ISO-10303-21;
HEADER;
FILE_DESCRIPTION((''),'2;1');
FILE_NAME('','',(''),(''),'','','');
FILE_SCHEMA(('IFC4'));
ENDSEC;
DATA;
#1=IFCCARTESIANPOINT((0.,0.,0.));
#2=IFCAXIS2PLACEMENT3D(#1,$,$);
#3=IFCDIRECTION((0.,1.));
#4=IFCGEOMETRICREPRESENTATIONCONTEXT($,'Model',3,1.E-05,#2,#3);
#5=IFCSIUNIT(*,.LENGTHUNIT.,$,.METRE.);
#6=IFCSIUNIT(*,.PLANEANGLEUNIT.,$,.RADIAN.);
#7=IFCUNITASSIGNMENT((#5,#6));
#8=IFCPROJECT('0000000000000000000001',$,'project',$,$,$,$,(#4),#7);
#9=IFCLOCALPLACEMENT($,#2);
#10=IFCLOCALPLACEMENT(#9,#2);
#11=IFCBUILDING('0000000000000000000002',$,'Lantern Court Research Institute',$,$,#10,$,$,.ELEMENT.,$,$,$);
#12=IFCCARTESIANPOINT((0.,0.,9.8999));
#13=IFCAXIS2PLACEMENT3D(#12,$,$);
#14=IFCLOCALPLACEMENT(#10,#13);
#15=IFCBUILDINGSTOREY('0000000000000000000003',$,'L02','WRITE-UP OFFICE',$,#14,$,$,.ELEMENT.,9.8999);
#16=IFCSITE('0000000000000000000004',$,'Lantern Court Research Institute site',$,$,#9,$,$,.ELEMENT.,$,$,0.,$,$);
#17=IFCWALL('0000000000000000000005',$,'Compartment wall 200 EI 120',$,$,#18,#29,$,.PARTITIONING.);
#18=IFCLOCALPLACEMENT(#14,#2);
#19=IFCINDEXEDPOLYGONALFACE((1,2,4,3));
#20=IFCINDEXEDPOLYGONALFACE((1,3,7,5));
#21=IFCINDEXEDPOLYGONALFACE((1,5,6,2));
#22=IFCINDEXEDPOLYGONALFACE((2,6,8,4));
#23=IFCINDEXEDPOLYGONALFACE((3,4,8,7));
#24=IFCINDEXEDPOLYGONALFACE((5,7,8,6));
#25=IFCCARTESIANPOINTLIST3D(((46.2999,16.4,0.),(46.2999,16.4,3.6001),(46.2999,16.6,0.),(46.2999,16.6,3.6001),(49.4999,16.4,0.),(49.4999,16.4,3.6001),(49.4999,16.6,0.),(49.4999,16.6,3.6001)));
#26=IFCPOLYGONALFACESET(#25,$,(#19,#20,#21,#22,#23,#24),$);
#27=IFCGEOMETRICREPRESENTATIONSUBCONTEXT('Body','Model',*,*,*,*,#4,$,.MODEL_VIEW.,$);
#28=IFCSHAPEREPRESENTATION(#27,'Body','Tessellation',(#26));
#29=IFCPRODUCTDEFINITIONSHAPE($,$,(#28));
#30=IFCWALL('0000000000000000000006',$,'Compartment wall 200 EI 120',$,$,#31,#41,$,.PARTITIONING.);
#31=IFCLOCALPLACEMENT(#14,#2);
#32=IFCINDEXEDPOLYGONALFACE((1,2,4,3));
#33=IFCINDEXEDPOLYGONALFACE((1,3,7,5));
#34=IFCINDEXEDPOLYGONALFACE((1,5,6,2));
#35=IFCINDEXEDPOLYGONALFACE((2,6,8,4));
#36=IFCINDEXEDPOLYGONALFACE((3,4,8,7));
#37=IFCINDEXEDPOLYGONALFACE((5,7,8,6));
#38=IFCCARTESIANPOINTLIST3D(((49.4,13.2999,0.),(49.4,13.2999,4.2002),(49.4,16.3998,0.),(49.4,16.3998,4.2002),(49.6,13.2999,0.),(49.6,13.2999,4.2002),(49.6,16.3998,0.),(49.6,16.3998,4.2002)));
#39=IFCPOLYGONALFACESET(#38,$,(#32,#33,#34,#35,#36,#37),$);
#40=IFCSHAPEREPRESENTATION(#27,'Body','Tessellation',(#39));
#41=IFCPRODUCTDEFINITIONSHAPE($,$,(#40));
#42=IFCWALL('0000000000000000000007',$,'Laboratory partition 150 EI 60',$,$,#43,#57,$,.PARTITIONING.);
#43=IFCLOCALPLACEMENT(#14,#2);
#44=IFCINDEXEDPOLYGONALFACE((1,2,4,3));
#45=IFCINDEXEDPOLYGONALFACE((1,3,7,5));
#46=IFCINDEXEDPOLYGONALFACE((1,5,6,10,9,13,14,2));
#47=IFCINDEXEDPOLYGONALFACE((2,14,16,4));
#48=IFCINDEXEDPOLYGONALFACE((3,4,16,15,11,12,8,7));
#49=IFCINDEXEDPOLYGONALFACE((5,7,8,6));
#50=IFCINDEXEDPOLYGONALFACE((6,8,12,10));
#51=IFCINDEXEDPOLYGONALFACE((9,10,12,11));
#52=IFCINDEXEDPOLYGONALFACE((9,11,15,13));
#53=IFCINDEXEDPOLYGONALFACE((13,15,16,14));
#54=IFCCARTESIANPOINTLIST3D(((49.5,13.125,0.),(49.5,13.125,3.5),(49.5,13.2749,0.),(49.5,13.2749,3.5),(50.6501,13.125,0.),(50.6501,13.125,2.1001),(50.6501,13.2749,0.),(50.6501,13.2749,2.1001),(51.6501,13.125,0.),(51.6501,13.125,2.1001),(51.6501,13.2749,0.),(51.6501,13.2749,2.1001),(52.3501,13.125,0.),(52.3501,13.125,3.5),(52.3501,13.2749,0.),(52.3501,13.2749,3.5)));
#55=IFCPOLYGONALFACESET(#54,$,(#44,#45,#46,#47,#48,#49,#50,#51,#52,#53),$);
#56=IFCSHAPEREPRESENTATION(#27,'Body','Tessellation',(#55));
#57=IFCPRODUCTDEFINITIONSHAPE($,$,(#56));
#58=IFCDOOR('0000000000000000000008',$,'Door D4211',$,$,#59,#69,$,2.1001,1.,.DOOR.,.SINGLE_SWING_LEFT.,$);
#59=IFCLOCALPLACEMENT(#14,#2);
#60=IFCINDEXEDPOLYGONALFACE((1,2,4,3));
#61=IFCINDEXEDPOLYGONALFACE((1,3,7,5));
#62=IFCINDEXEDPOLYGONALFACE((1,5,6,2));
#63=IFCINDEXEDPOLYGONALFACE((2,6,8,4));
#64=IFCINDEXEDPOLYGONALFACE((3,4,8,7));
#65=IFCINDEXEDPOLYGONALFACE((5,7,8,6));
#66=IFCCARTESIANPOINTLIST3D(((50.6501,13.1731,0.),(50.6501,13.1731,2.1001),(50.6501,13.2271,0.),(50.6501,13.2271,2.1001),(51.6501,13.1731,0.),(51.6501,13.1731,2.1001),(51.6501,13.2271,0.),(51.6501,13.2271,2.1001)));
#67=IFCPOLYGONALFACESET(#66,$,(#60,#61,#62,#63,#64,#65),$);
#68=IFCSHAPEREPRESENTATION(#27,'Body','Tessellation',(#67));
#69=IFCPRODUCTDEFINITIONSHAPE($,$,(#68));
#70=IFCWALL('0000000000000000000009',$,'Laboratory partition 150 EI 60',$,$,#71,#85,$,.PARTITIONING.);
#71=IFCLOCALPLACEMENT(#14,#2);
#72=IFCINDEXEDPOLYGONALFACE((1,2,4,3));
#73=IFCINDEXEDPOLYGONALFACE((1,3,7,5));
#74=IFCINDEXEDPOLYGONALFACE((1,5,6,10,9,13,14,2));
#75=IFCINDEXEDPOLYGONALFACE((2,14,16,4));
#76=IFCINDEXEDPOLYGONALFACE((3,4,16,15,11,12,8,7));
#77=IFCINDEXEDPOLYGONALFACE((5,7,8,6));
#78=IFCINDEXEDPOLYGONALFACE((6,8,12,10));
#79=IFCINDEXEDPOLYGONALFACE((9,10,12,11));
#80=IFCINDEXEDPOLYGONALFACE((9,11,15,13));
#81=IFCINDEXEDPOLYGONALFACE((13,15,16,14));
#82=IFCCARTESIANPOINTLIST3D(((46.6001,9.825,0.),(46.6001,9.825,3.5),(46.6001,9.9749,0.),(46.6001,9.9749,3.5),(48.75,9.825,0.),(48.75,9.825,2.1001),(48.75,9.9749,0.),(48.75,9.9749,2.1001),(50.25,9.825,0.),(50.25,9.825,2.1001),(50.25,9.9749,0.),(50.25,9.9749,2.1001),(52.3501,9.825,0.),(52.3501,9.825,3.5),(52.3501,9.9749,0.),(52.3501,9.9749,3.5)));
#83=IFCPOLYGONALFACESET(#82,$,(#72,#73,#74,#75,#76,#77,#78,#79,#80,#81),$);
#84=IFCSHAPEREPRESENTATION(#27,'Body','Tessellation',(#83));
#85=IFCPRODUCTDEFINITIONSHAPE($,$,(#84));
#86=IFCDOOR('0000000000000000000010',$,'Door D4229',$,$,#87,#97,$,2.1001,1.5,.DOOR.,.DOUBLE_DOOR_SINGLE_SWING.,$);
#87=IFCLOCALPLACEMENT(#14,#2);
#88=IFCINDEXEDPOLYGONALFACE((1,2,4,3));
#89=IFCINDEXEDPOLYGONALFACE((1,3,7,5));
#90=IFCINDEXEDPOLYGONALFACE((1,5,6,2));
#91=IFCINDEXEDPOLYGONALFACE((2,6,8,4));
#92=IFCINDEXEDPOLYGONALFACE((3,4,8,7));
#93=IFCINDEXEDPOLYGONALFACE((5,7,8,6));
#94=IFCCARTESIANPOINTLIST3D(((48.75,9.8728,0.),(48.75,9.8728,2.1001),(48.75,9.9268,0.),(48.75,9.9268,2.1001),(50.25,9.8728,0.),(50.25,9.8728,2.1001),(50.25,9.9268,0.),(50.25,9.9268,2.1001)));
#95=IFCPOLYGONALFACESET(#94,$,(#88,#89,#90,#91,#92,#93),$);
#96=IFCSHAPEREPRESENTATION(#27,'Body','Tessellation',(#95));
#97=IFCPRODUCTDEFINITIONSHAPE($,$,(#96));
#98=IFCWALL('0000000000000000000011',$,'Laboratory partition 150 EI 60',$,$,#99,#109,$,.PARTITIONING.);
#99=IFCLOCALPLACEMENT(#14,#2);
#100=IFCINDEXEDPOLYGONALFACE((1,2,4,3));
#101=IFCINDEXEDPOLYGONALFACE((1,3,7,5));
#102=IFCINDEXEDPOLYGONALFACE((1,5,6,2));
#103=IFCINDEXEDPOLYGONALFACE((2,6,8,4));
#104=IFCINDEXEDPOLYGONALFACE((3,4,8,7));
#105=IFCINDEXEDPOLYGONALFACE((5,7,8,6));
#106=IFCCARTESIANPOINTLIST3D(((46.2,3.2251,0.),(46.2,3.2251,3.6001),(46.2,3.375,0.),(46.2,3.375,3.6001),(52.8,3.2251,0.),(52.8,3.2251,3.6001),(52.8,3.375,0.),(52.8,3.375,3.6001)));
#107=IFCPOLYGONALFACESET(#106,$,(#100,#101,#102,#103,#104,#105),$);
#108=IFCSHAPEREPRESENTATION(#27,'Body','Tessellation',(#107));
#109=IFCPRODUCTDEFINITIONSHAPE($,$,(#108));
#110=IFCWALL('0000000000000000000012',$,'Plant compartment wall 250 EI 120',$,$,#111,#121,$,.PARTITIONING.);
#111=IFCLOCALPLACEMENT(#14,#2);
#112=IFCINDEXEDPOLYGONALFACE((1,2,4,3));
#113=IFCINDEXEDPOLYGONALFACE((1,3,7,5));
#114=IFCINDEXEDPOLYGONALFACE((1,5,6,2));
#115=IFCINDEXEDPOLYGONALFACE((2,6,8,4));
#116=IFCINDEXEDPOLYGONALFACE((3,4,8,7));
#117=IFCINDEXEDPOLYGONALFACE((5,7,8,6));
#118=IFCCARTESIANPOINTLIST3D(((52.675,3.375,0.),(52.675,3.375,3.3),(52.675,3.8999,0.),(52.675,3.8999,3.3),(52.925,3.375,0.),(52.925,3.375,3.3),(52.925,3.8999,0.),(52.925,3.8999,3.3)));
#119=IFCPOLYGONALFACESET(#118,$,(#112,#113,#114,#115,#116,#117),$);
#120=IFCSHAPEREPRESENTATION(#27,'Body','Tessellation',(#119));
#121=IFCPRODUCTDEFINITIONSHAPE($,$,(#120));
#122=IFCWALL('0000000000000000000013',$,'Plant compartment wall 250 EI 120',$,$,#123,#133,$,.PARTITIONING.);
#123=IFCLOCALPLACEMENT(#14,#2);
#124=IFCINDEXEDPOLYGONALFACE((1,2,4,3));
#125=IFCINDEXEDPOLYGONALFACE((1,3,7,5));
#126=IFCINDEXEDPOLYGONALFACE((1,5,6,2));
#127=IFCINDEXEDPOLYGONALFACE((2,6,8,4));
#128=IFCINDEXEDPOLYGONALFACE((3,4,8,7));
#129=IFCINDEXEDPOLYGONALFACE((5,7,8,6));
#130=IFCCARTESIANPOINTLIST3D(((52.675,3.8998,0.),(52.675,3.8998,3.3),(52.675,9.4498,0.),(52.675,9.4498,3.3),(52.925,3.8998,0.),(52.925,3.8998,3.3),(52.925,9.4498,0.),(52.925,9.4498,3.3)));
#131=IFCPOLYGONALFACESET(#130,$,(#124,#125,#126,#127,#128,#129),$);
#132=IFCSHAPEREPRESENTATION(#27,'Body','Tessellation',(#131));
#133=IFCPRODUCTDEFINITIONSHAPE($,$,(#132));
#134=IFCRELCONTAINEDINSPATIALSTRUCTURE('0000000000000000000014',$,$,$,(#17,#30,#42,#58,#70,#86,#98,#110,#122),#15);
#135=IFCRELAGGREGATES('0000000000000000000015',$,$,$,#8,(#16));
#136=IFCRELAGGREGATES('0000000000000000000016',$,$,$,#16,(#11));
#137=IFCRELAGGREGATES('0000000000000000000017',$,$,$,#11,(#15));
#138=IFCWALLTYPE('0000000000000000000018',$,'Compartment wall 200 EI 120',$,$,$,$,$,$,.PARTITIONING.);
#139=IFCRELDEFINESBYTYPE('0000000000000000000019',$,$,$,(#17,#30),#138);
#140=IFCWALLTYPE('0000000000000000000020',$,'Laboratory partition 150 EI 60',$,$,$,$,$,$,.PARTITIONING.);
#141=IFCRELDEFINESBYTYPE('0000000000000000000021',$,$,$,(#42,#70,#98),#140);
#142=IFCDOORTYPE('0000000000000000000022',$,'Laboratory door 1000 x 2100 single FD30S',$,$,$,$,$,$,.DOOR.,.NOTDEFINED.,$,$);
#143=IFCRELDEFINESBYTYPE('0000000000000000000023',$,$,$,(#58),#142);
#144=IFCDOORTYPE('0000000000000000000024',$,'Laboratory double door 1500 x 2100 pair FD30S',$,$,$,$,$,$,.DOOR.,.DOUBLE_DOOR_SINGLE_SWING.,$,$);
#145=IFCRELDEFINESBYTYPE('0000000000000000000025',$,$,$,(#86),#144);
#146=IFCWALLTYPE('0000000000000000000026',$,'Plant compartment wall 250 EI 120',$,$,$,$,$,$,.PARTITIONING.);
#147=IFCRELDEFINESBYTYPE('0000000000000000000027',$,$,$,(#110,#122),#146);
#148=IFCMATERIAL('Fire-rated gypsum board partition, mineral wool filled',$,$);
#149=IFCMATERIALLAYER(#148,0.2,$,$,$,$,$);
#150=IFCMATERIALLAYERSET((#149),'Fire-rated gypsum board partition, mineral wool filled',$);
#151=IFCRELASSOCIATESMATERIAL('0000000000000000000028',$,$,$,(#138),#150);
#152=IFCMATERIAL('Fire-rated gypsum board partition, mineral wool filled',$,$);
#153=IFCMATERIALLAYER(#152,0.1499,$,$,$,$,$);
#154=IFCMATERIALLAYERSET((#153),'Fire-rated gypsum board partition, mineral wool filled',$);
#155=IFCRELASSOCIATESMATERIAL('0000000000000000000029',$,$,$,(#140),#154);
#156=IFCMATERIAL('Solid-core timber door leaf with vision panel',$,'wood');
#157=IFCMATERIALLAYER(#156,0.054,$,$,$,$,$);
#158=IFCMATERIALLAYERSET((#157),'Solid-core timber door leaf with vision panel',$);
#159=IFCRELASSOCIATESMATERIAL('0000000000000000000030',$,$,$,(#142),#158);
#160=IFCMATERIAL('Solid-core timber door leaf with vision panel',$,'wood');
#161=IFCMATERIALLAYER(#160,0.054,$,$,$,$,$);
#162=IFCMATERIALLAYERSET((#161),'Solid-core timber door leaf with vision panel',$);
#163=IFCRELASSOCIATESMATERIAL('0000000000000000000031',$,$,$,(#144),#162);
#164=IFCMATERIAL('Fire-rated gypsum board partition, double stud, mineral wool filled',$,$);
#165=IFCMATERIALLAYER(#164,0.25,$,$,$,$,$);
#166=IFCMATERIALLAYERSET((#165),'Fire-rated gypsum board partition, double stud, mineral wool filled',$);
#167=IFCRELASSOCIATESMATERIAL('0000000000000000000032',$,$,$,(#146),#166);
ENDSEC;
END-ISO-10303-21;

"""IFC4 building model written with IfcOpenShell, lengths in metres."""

from ifc_helpers import new_model, si_unit, direction, frame, frame_2d, origin, place, context, subcontext, project, spatial, rectangle, extrude, material, layer, layer_set, type_object, element, fill, save


model = new_model("IFC4")

# Units and contexts
model_context = context("Model", 3, precision=1e-05, world=origin(), true_north=direction((0.0, 1.0)))
body_context = subcontext(model_context, "Body", "Model", "MODEL_VIEW")
ifc_project = project(units=[si_unit("LENGTHUNIT", "METRE"), si_unit("PLANEANGLEUNIT", "RADIAN")], contexts=[model_context])

# Site, building, storey
site_placement = place(None, origin())
site = spatial("IfcSite", under=ifc_project, at=site_placement, Name="Lantern Court Research Institute site", CompositionType="ELEMENT", RefElevation=0.0)
building_placement = place(site_placement, origin())
building = spatial("IfcBuilding", under=site, at=building_placement, Name="Lantern Court Research Institute", CompositionType="ELEMENT")
storey_placement = place(building_placement, frame((0.0, 0.0, 9.8999)))
storey = spatial("IfcBuildingStorey", under=building, at=storey_placement, Name="L02", Description="WRITE-UP OFFICE", CompositionType="ELEMENT", Elevation=9.8999)

# Shared definitions
ifc_material_1 = material(Name="Fire-rated gypsum board partition, mineral wool filled")
ifc_layer_1 = layer(ifc_material_1, 0.2)
ifc_layer_set_1 = layer_set([ifc_layer_1], Name="Fire-rated gypsum board partition, mineral wool filled")
wall_type_1 = type_object("IfcWallType", Name="Compartment wall 200 EI 120", PredefinedType="PARTITIONING", material=ifc_layer_set_1)

# Walls
wall_1_placement = place(storey_placement, frame((49.5, 16.5, 0.0), z_axis=(0.0, 0.0, 1.0), x_axis=(-1.0, 0.0, 0.0)))
element("IfcWall", 1, at=wall_1_placement, inside=storey, type_object=wall_type_1, Name="Compartment wall 200 EI 120", PredefinedType="PARTITIONING", context=body_context, shape_type="SweptSolid", body=[
    extrude(rectangle(XDim=3.2, YDim=0.2, at=frame_2d((1.6001, 0.0))), origin(), (0.0, 0.0, 1.0), 3.6001),
])
wall_2_placement = place(storey_placement, frame((49.5, 13.3, 0.0), z_axis=(0.0, 0.0, 1.0), x_axis=(0.0, 1.0, 0.0)))
element("IfcWall", 2, at=wall_2_placement, inside=storey, type_object=wall_type_1, Name="Compartment wall 200 EI 120", PredefinedType="PARTITIONING", context=body_context, shape_type="SweptSolid", body=[
    extrude(rectangle(XDim=3.0999, YDim=0.2, at=frame_2d((1.5498, 0.0))), origin(), (0.0, 0.0, 1.0), 4.2002),
])

# Walls, openings, doors
ifc_material_2 = material(Name="Fire-rated gypsum board partition, mineral wool filled")
ifc_layer_2 = layer(ifc_material_2, 0.1499)
ifc_layer_set_2 = layer_set([ifc_layer_2], Name="Fire-rated gypsum board partition, mineral wool filled")
wall_type_2 = type_object("IfcWallType", Name="Laboratory partition 150 EI 60", PredefinedType="PARTITIONING", material=ifc_layer_set_2)
wall_3_placement = place(storey_placement, frame((52.3501, 13.2, 0.0), z_axis=(0.0, 0.0, 1.0), x_axis=(-1.0, 0.0, 0.0)))
wall_3 = element("IfcWall", 3, at=wall_3_placement, inside=storey, type_object=wall_type_2, Name="Laboratory partition 150 EI 60", PredefinedType="PARTITIONING", context=body_context, shape_type="SweptSolid", body=[
    extrude(rectangle(XDim=2.8501, YDim=0.1499, at=frame_2d((1.425, 0.0))), origin(), (0.0, 0.0, 1.0), 3.5),
])
opening_1_placement = place(wall_3_placement, frame((0.7, 0.0, 0.0)))
opening_1 = element("IfcOpeningElement", 4, at=opening_1_placement, cuts=wall_3, PredefinedType="OPENING", context=body_context, shape_type="SweptSolid", body=[
    extrude(rectangle(XDim=1.0, YDim=2.1001, at=frame_2d((0.5, 1.05))), frame((0.0, 0.085, 0.0), z_axis=(0.0, -1.0, 0.0), x_axis=(1.0, 0.0, 0.0)), (0.0, 0.0, 1.0), 0.1699),
])
ifc_material_3 = material(Name="Solid-core timber door leaf with vision panel", Category="wood")
ifc_layer_3 = layer(ifc_material_3, 0.054)
ifc_layer_set_3 = layer_set([ifc_layer_3], Name="Solid-core timber door leaf with vision panel")
door_type_1 = type_object("IfcDoorType", Name="Laboratory door 1000 x 2100 single FD30S", OperationType="NOTDEFINED", PredefinedType="DOOR", material=ifc_layer_set_3)
door_1_placement = place(opening_1_placement, origin())
door_1 = element("IfcDoor", 5, at=door_1_placement, inside=storey, type_object=door_type_1, Name="Door D4211", OperationType="SINGLE_SWING_LEFT", OverallHeight=2.1001, OverallWidth=1.0, PredefinedType="DOOR", context=body_context, shape_type="SweptSolid", body=[
    extrude(rectangle(XDim=1.0, YDim=2.1001, at=frame_2d((0.5, 1.05))), frame((0.0, 0.0269, 0.0), z_axis=(0.0, -1.0, 0.0), x_axis=(1.0, 0.0, 0.0)), (0.0, 0.0, 1.0), 0.054),
])
fill(opening_1, door_1)
wall_4_placement = place(storey_placement, frame((46.6001, 9.8999, 0.0), z_axis=(0.0, 0.0, 1.0), x_axis=(1.0, 0.0, 0.0)))
wall_4 = element("IfcWall", 6, at=wall_4_placement, inside=storey, type_object=wall_type_2, Name="Laboratory partition 150 EI 60", PredefinedType="PARTITIONING", context=body_context, shape_type="SweptSolid", body=[
    extrude(rectangle(XDim=5.75, YDim=0.1499, at=frame_2d((2.875, 0.0))), origin(), (0.0, 0.0, 1.0), 3.5),
])
opening_2_placement = place(wall_4_placement, frame((2.1499, 0.0, 0.0)))
opening_2 = element("IfcOpeningElement", 7, at=opening_2_placement, cuts=wall_4, PredefinedType="OPENING", context=body_context, shape_type="SweptSolid", body=[
    extrude(rectangle(XDim=1.5, YDim=2.1001, at=frame_2d((0.75, 1.05))), frame((0.0, 0.085, 0.0), z_axis=(0.0, -1.0, 0.0), x_axis=(1.0, 0.0, 0.0)), (0.0, 0.0, 1.0), 0.1699),
])
ifc_material_4 = material(Name="Solid-core timber door leaf with vision panel", Category="wood")
ifc_layer_4 = layer(ifc_material_4, 0.054)
ifc_layer_set_4 = layer_set([ifc_layer_4], Name="Solid-core timber door leaf with vision panel")
door_type_2 = type_object("IfcDoorType", Name="Laboratory double door 1500 x 2100 pair FD30S", OperationType="DOUBLE_DOOR_SINGLE_SWING", PredefinedType="DOOR", material=ifc_layer_set_4)
door_2_placement = place(opening_2_placement, origin())
door_2 = element("IfcDoor", 8, at=door_2_placement, inside=storey, type_object=door_type_2, Name="Door D4229", OperationType="DOUBLE_DOOR_SINGLE_SWING", OverallHeight=2.1001, OverallWidth=1.5, PredefinedType="DOOR", context=body_context, shape_type="SweptSolid", body=[
    extrude(rectangle(XDim=1.5, YDim=2.1001, at=frame_2d((0.75, 1.05))), frame((0.0, 0.0269, 0.0), z_axis=(0.0, -1.0, 0.0), x_axis=(1.0, 0.0, 0.0)), (0.0, 0.0, 1.0), 0.054),
])
fill(opening_2, door_2)

# Walls
wall_5_placement = place(storey_placement, frame((52.8, 3.3, 0.0), z_axis=(0.0, 0.0, 1.0), x_axis=(-1.0, 0.0, 0.0)))
element("IfcWall", 9, at=wall_5_placement, inside=storey, type_object=wall_type_2, Name="Laboratory partition 150 EI 60", PredefinedType="PARTITIONING", context=body_context, shape_type="SweptSolid", body=[
    extrude(rectangle(XDim=6.6001, YDim=0.1499, at=frame_2d((3.3, 0.0))), origin(), (0.0, 0.0, 1.0), 3.6001),
])
ifc_material_5 = material(Name="Fire-rated gypsum board partition, double stud, mineral wool filled")
ifc_layer_5 = layer(ifc_material_5, 0.25)
ifc_layer_set_5 = layer_set([ifc_layer_5], Name="Fire-rated gypsum board partition, double stud, mineral wool filled")
wall_type_3 = type_object("IfcWallType", Name="Plant compartment wall 250 EI 120", PredefinedType="PARTITIONING", material=ifc_layer_set_5)
wall_6_placement = place(storey_placement, frame((52.8, 3.375, 0.0), z_axis=(0.0, 0.0, 1.0), x_axis=(0.0, 1.0, 0.0)))
element("IfcWall", 10, at=wall_6_placement, inside=storey, type_object=wall_type_3, Name="Plant compartment wall 250 EI 120", PredefinedType="PARTITIONING", context=body_context, shape_type="SweptSolid", body=[
    extrude(rectangle(XDim=0.5249, YDim=0.25, at=frame_2d((0.2625, 0.0))), origin(), (0.0, 0.0, 1.0), 3.3),
])
wall_7_placement = place(storey_placement, frame((52.8, 3.8999, 0.0), z_axis=(0.0, 0.0, 1.0), x_axis=(0.0, 1.0, 0.0)))
element("IfcWall", 11, at=wall_7_placement, inside=storey, type_object=wall_type_3, Name="Plant compartment wall 250 EI 120", PredefinedType="PARTITIONING", context=body_context, shape_type="SweptSolid", body=[
    extrude(rectangle(XDim=5.55, YDim=0.25, at=frame_2d((2.7749, 0.0))), origin(), (0.0, 0.0, 1.0), 3.3),
])

save(model, "model.ifc")
